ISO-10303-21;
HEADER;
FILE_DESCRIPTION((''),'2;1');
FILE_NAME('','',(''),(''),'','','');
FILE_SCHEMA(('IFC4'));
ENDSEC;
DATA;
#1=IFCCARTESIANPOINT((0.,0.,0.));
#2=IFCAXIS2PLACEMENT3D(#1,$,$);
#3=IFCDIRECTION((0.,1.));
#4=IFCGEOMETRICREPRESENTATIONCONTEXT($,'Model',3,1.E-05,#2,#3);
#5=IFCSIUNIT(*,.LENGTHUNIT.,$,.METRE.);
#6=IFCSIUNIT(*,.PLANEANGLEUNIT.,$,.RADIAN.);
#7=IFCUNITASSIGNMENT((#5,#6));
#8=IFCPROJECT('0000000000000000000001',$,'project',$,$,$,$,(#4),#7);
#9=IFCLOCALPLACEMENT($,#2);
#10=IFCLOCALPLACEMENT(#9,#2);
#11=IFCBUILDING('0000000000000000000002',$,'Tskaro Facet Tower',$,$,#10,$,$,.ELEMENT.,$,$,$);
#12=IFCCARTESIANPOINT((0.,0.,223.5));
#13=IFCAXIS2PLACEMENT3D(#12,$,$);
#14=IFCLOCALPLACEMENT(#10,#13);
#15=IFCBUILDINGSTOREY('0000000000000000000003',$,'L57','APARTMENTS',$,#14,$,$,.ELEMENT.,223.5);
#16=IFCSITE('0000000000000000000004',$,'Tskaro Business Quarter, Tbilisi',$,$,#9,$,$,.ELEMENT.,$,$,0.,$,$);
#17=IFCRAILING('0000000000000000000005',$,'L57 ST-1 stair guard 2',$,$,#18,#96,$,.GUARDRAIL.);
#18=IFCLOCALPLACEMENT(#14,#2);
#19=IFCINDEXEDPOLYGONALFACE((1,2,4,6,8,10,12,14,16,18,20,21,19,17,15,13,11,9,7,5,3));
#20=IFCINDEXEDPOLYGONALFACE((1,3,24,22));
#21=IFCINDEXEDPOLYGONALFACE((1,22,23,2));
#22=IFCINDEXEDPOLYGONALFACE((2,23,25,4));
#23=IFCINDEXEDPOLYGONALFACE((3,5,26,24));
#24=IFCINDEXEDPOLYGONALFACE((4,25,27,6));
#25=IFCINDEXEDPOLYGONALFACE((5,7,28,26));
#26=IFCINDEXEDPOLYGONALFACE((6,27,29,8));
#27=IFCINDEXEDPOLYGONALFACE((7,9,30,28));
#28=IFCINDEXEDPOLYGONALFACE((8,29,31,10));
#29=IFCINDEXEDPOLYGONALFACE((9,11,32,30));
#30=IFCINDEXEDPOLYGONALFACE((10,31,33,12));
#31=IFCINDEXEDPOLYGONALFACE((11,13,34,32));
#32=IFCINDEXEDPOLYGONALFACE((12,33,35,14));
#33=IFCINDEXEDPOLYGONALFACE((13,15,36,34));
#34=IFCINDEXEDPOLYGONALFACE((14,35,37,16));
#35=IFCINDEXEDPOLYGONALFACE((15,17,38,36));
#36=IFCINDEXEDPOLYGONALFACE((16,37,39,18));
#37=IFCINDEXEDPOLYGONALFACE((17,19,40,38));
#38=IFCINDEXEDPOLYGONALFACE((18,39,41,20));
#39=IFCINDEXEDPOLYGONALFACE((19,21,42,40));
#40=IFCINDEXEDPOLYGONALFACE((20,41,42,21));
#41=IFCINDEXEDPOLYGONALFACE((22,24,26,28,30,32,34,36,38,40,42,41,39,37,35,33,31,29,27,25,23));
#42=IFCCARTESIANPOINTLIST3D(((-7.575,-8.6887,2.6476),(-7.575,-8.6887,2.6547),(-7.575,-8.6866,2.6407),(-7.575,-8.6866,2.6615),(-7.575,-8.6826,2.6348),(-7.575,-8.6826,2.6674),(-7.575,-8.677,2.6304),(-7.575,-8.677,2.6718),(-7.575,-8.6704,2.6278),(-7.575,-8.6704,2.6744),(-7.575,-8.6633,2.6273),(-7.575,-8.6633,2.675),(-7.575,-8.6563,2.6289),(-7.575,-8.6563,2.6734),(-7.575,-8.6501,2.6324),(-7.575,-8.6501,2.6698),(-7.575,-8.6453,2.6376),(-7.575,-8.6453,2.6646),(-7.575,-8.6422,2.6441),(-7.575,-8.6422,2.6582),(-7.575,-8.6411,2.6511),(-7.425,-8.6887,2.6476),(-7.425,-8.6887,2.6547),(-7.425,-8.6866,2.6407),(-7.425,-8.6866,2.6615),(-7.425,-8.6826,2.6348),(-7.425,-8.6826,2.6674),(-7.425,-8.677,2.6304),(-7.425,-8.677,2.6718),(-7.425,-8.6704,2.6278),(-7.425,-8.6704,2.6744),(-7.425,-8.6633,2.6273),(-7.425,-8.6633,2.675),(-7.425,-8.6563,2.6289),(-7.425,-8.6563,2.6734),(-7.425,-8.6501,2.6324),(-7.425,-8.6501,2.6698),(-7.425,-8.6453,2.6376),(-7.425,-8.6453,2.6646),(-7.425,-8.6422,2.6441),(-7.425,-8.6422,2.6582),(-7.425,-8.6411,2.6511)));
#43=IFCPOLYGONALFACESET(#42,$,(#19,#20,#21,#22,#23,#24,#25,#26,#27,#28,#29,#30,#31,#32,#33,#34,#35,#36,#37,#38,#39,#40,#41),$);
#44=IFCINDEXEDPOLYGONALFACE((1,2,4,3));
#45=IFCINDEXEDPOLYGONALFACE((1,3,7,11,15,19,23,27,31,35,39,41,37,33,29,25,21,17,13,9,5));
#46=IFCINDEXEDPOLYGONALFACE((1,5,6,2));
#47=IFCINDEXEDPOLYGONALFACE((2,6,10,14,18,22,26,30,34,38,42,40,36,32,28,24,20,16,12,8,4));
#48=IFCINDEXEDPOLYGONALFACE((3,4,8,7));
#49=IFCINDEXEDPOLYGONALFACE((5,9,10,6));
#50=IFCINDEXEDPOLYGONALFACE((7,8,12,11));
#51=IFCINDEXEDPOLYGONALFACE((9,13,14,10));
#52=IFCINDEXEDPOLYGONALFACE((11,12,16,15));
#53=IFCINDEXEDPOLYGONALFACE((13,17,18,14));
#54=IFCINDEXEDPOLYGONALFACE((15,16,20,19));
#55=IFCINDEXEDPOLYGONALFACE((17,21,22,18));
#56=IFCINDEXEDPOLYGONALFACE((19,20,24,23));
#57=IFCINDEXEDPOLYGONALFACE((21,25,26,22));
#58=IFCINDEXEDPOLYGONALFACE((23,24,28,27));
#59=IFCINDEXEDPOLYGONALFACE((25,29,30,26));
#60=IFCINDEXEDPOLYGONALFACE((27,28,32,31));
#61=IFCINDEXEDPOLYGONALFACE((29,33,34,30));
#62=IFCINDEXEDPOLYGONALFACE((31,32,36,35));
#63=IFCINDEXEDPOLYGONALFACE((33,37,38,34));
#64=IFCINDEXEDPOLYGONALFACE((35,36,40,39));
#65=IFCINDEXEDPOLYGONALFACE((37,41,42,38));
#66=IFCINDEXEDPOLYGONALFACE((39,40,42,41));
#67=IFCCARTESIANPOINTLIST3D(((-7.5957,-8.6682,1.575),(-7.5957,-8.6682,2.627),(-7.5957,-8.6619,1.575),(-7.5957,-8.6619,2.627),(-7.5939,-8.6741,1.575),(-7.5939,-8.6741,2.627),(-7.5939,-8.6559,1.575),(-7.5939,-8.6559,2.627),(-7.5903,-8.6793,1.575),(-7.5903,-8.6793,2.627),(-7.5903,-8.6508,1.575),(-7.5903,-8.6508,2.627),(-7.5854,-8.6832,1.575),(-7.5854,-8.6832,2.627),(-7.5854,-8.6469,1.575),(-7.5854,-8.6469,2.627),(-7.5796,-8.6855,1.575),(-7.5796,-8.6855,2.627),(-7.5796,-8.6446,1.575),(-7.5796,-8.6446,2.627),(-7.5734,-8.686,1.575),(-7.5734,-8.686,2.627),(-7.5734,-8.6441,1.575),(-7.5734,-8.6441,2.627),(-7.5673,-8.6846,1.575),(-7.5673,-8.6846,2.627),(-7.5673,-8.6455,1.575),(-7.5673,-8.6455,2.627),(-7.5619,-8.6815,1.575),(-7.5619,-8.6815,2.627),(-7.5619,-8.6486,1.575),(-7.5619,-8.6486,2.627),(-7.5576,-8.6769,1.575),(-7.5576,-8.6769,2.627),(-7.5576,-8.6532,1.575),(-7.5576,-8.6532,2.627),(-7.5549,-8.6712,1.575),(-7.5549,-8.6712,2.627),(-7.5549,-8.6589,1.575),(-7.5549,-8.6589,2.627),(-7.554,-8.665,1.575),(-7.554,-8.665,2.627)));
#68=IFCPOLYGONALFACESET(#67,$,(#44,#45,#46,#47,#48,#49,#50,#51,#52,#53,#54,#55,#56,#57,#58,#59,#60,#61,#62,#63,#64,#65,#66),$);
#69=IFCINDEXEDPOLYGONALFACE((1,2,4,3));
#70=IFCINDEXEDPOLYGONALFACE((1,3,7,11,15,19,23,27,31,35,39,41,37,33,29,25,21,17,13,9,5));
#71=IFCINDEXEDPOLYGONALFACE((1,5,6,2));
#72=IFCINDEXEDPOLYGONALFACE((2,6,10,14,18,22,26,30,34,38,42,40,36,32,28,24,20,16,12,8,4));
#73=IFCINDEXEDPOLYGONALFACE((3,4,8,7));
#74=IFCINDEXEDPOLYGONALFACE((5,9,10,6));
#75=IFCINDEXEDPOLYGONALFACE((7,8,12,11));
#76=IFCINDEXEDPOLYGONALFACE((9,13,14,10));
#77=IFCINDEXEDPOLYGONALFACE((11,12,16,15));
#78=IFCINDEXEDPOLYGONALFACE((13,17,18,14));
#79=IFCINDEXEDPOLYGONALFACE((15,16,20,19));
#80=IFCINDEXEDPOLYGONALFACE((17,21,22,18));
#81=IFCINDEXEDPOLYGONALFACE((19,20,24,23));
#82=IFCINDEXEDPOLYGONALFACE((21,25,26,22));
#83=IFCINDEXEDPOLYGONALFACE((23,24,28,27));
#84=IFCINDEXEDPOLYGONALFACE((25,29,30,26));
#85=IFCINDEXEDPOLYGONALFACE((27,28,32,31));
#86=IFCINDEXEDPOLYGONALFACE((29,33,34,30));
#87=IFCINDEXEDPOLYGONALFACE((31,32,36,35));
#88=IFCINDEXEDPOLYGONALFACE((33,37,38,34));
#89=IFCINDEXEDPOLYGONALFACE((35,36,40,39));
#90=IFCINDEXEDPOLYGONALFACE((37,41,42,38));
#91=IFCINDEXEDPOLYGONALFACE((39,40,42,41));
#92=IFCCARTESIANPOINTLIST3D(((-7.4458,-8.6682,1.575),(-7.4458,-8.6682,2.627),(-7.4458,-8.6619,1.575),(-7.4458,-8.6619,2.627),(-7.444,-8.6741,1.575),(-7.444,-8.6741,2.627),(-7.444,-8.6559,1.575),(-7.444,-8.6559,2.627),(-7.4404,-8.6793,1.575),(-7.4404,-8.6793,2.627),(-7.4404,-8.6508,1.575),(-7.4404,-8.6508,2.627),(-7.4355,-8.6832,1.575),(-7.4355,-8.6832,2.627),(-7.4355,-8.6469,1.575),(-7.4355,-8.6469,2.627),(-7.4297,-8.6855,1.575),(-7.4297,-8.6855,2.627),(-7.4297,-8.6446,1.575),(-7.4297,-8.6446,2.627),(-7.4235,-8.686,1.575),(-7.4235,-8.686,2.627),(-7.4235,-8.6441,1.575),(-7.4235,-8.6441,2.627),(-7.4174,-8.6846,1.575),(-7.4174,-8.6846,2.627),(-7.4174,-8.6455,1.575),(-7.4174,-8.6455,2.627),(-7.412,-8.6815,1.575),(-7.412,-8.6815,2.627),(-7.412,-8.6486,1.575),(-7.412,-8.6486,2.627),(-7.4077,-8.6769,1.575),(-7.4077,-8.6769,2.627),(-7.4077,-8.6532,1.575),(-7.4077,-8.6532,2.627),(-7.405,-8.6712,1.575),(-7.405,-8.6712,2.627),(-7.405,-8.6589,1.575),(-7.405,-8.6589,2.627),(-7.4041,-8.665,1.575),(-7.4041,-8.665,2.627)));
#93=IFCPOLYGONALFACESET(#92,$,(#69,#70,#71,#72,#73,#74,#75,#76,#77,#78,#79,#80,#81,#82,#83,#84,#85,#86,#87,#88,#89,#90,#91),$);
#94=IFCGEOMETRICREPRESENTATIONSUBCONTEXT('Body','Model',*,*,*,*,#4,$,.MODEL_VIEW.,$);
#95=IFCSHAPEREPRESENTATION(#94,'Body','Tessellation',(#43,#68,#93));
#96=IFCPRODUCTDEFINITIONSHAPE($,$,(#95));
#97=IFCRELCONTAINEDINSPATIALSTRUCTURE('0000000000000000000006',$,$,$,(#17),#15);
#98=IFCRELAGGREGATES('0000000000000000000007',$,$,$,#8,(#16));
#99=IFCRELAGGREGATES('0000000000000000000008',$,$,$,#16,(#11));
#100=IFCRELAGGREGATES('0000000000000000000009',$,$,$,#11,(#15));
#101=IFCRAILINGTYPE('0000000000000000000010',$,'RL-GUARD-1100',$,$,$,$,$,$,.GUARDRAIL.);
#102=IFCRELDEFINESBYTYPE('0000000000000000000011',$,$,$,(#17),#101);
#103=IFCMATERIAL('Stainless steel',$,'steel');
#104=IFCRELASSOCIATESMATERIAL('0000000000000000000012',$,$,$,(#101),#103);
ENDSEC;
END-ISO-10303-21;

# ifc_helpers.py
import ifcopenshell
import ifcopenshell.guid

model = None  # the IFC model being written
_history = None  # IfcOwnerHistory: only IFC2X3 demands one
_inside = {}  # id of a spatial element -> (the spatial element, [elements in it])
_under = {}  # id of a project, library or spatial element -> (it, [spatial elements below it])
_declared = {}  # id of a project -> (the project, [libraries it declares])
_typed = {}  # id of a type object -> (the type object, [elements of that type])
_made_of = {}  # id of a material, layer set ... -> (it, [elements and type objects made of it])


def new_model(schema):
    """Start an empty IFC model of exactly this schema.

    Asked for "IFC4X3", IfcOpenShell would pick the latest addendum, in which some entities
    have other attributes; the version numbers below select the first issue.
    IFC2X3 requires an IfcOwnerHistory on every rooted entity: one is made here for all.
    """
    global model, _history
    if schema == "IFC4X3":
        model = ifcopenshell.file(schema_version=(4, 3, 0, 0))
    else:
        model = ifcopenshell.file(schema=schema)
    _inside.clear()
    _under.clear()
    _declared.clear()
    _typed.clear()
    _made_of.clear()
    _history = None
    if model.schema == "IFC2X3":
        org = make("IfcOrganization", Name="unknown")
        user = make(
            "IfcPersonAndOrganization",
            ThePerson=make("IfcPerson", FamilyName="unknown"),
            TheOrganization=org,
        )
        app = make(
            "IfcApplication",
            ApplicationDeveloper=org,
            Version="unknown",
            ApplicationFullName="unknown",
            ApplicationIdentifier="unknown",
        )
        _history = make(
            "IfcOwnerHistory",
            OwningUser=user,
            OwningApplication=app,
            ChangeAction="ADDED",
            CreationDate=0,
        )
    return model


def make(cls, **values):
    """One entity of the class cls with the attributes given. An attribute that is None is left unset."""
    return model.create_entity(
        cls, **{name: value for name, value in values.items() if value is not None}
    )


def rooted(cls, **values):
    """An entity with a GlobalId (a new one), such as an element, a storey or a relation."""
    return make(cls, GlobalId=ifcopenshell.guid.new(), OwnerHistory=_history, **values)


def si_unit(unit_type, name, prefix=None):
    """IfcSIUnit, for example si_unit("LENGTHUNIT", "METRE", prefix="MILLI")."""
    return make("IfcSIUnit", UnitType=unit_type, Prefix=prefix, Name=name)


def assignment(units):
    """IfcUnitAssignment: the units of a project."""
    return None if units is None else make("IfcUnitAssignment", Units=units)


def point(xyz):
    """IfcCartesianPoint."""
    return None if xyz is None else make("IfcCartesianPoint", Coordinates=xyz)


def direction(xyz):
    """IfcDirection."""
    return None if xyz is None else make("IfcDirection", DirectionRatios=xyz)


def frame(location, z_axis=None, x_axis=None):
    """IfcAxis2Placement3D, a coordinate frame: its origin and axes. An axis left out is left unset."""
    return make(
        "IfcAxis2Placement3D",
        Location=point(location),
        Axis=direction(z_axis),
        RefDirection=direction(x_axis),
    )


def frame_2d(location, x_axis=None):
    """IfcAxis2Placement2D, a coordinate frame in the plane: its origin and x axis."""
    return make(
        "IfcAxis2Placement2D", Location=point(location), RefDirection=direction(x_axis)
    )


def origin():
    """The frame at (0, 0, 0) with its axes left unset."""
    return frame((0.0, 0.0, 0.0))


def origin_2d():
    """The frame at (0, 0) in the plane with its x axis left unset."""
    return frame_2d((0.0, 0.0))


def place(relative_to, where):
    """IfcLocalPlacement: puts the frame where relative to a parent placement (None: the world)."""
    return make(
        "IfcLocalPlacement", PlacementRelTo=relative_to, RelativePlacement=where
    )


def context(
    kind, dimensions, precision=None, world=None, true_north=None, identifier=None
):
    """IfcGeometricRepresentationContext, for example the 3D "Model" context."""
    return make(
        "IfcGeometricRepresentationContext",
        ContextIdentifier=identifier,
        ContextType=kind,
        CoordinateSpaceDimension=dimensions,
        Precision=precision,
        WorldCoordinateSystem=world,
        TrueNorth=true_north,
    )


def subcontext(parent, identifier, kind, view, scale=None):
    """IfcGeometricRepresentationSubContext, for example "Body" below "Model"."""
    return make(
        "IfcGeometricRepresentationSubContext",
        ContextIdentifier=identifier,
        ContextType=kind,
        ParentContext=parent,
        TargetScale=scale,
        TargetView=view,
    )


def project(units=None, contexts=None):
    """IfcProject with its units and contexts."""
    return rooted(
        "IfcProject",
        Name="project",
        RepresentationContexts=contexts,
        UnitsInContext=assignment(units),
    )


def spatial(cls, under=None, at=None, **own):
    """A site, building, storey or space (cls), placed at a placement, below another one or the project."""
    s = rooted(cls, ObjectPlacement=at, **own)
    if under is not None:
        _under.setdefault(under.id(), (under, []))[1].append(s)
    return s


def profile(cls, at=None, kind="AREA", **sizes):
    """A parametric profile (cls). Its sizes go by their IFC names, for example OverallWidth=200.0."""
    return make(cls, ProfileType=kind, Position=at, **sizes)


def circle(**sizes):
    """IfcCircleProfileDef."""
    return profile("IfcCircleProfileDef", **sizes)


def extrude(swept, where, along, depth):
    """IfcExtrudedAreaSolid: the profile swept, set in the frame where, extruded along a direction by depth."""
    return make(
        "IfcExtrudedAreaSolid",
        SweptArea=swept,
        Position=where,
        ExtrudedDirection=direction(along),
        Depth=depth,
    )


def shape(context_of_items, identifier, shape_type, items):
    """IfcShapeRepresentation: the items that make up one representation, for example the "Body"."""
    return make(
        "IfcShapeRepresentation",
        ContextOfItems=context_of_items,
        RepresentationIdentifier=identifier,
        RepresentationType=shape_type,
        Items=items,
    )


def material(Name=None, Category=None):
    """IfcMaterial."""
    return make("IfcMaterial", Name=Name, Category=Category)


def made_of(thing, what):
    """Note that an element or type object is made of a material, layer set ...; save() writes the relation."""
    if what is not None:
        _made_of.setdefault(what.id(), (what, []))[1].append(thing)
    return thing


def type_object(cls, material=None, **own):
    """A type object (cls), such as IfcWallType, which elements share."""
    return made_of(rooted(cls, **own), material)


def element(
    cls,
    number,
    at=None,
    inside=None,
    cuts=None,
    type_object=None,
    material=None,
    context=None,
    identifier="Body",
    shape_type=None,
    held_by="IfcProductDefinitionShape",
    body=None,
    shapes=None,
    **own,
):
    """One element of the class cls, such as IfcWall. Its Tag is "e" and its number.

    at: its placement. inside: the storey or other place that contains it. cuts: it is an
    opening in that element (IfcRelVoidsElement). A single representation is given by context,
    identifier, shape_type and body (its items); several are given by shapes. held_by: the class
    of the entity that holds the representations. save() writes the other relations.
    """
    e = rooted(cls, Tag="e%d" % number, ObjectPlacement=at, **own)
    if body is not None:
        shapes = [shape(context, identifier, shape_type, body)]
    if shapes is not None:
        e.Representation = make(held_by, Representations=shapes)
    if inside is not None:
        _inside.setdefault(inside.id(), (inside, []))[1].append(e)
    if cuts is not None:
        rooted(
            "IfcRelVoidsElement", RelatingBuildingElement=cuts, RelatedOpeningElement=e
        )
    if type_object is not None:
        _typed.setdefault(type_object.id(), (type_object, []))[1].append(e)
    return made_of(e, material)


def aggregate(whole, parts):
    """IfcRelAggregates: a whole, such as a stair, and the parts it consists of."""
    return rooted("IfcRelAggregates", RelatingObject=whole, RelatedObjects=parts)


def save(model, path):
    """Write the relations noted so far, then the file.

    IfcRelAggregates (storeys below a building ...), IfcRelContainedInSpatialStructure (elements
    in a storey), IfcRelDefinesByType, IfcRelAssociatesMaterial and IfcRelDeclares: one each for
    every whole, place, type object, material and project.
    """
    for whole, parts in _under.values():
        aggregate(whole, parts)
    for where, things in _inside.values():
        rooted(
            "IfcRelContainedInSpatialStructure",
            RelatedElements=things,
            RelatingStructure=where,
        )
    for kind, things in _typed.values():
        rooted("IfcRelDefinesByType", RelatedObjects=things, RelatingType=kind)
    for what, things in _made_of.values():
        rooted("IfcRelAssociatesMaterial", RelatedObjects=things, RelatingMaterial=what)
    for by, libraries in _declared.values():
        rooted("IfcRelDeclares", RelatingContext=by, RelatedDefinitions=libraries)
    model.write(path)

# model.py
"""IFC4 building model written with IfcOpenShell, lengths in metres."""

from ifc_helpers import new_model, si_unit, direction, frame, origin, origin_2d, place, context, subcontext, project, spatial, circle, extrude, material, type_object, element, save


model = new_model("IFC4")

# Units and contexts
model_context = context("Model", 3, precision=1e-05, world=origin(), true_north=direction((0.0, 1.0)))
body_context = subcontext(model_context, "Body", "Model", "MODEL_VIEW")
ifc_project = project(units=[si_unit("LENGTHUNIT", "METRE"), si_unit("PLANEANGLEUNIT", "RADIAN")], contexts=[model_context])

# Site, building, storey
site_placement = place(None, origin())
site = spatial("IfcSite", under=ifc_project, at=site_placement, Name="Tskaro Business Quarter, Tbilisi", CompositionType="ELEMENT", RefElevation=0.0)
building_placement = place(site_placement, origin())
building = spatial("IfcBuilding", under=site, at=building_placement, Name="Tskaro Facet Tower", CompositionType="ELEMENT")
storey_placement = place(building_placement, frame((0.0, 0.0, 223.5)))
storey = spatial("IfcBuildingStorey", under=building, at=storey_placement, Name="L57", Description="APARTMENTS", CompositionType="ELEMENT", Elevation=223.5)

# Shared definitions
ifc_material_1 = material(Name="Stainless steel", Category="steel")

# Railing
railing_type_1 = type_object("IfcRailingType", Name="RL-GUARD-1100", PredefinedType="GUARDRAIL", material=ifc_material_1)
railing_1_placement = place(storey_placement, frame((-7.575, -8.665, 1.575)))
element("IfcRailing", 1, at=railing_1_placement, inside=storey, type_object=railing_type_1, Name="L57 ST-1 stair guard 2", PredefinedType="GUARDRAIL", context=body_context, shape_type="SweptSolid", body=[
    extrude(circle(Radius=0.0239, at=origin_2d()), frame((0.0, 0.0, 1.0762), z_axis=(1.0, 0.0, 0.0), x_axis=(0.0, 1.0, 0.0)), (0.0, 0.0, 1.0), 0.1499),
    extrude(circle(Radius=0.021, at=origin_2d()), origin(), (0.0, 0.0, 1.0), 1.052),
    extrude(circle(Radius=0.021, at=origin_2d()), frame((0.1499, 0.0, 0.0)), (0.0, 0.0, 1.0), 1.052),
])

save(model, "model.ifc")
